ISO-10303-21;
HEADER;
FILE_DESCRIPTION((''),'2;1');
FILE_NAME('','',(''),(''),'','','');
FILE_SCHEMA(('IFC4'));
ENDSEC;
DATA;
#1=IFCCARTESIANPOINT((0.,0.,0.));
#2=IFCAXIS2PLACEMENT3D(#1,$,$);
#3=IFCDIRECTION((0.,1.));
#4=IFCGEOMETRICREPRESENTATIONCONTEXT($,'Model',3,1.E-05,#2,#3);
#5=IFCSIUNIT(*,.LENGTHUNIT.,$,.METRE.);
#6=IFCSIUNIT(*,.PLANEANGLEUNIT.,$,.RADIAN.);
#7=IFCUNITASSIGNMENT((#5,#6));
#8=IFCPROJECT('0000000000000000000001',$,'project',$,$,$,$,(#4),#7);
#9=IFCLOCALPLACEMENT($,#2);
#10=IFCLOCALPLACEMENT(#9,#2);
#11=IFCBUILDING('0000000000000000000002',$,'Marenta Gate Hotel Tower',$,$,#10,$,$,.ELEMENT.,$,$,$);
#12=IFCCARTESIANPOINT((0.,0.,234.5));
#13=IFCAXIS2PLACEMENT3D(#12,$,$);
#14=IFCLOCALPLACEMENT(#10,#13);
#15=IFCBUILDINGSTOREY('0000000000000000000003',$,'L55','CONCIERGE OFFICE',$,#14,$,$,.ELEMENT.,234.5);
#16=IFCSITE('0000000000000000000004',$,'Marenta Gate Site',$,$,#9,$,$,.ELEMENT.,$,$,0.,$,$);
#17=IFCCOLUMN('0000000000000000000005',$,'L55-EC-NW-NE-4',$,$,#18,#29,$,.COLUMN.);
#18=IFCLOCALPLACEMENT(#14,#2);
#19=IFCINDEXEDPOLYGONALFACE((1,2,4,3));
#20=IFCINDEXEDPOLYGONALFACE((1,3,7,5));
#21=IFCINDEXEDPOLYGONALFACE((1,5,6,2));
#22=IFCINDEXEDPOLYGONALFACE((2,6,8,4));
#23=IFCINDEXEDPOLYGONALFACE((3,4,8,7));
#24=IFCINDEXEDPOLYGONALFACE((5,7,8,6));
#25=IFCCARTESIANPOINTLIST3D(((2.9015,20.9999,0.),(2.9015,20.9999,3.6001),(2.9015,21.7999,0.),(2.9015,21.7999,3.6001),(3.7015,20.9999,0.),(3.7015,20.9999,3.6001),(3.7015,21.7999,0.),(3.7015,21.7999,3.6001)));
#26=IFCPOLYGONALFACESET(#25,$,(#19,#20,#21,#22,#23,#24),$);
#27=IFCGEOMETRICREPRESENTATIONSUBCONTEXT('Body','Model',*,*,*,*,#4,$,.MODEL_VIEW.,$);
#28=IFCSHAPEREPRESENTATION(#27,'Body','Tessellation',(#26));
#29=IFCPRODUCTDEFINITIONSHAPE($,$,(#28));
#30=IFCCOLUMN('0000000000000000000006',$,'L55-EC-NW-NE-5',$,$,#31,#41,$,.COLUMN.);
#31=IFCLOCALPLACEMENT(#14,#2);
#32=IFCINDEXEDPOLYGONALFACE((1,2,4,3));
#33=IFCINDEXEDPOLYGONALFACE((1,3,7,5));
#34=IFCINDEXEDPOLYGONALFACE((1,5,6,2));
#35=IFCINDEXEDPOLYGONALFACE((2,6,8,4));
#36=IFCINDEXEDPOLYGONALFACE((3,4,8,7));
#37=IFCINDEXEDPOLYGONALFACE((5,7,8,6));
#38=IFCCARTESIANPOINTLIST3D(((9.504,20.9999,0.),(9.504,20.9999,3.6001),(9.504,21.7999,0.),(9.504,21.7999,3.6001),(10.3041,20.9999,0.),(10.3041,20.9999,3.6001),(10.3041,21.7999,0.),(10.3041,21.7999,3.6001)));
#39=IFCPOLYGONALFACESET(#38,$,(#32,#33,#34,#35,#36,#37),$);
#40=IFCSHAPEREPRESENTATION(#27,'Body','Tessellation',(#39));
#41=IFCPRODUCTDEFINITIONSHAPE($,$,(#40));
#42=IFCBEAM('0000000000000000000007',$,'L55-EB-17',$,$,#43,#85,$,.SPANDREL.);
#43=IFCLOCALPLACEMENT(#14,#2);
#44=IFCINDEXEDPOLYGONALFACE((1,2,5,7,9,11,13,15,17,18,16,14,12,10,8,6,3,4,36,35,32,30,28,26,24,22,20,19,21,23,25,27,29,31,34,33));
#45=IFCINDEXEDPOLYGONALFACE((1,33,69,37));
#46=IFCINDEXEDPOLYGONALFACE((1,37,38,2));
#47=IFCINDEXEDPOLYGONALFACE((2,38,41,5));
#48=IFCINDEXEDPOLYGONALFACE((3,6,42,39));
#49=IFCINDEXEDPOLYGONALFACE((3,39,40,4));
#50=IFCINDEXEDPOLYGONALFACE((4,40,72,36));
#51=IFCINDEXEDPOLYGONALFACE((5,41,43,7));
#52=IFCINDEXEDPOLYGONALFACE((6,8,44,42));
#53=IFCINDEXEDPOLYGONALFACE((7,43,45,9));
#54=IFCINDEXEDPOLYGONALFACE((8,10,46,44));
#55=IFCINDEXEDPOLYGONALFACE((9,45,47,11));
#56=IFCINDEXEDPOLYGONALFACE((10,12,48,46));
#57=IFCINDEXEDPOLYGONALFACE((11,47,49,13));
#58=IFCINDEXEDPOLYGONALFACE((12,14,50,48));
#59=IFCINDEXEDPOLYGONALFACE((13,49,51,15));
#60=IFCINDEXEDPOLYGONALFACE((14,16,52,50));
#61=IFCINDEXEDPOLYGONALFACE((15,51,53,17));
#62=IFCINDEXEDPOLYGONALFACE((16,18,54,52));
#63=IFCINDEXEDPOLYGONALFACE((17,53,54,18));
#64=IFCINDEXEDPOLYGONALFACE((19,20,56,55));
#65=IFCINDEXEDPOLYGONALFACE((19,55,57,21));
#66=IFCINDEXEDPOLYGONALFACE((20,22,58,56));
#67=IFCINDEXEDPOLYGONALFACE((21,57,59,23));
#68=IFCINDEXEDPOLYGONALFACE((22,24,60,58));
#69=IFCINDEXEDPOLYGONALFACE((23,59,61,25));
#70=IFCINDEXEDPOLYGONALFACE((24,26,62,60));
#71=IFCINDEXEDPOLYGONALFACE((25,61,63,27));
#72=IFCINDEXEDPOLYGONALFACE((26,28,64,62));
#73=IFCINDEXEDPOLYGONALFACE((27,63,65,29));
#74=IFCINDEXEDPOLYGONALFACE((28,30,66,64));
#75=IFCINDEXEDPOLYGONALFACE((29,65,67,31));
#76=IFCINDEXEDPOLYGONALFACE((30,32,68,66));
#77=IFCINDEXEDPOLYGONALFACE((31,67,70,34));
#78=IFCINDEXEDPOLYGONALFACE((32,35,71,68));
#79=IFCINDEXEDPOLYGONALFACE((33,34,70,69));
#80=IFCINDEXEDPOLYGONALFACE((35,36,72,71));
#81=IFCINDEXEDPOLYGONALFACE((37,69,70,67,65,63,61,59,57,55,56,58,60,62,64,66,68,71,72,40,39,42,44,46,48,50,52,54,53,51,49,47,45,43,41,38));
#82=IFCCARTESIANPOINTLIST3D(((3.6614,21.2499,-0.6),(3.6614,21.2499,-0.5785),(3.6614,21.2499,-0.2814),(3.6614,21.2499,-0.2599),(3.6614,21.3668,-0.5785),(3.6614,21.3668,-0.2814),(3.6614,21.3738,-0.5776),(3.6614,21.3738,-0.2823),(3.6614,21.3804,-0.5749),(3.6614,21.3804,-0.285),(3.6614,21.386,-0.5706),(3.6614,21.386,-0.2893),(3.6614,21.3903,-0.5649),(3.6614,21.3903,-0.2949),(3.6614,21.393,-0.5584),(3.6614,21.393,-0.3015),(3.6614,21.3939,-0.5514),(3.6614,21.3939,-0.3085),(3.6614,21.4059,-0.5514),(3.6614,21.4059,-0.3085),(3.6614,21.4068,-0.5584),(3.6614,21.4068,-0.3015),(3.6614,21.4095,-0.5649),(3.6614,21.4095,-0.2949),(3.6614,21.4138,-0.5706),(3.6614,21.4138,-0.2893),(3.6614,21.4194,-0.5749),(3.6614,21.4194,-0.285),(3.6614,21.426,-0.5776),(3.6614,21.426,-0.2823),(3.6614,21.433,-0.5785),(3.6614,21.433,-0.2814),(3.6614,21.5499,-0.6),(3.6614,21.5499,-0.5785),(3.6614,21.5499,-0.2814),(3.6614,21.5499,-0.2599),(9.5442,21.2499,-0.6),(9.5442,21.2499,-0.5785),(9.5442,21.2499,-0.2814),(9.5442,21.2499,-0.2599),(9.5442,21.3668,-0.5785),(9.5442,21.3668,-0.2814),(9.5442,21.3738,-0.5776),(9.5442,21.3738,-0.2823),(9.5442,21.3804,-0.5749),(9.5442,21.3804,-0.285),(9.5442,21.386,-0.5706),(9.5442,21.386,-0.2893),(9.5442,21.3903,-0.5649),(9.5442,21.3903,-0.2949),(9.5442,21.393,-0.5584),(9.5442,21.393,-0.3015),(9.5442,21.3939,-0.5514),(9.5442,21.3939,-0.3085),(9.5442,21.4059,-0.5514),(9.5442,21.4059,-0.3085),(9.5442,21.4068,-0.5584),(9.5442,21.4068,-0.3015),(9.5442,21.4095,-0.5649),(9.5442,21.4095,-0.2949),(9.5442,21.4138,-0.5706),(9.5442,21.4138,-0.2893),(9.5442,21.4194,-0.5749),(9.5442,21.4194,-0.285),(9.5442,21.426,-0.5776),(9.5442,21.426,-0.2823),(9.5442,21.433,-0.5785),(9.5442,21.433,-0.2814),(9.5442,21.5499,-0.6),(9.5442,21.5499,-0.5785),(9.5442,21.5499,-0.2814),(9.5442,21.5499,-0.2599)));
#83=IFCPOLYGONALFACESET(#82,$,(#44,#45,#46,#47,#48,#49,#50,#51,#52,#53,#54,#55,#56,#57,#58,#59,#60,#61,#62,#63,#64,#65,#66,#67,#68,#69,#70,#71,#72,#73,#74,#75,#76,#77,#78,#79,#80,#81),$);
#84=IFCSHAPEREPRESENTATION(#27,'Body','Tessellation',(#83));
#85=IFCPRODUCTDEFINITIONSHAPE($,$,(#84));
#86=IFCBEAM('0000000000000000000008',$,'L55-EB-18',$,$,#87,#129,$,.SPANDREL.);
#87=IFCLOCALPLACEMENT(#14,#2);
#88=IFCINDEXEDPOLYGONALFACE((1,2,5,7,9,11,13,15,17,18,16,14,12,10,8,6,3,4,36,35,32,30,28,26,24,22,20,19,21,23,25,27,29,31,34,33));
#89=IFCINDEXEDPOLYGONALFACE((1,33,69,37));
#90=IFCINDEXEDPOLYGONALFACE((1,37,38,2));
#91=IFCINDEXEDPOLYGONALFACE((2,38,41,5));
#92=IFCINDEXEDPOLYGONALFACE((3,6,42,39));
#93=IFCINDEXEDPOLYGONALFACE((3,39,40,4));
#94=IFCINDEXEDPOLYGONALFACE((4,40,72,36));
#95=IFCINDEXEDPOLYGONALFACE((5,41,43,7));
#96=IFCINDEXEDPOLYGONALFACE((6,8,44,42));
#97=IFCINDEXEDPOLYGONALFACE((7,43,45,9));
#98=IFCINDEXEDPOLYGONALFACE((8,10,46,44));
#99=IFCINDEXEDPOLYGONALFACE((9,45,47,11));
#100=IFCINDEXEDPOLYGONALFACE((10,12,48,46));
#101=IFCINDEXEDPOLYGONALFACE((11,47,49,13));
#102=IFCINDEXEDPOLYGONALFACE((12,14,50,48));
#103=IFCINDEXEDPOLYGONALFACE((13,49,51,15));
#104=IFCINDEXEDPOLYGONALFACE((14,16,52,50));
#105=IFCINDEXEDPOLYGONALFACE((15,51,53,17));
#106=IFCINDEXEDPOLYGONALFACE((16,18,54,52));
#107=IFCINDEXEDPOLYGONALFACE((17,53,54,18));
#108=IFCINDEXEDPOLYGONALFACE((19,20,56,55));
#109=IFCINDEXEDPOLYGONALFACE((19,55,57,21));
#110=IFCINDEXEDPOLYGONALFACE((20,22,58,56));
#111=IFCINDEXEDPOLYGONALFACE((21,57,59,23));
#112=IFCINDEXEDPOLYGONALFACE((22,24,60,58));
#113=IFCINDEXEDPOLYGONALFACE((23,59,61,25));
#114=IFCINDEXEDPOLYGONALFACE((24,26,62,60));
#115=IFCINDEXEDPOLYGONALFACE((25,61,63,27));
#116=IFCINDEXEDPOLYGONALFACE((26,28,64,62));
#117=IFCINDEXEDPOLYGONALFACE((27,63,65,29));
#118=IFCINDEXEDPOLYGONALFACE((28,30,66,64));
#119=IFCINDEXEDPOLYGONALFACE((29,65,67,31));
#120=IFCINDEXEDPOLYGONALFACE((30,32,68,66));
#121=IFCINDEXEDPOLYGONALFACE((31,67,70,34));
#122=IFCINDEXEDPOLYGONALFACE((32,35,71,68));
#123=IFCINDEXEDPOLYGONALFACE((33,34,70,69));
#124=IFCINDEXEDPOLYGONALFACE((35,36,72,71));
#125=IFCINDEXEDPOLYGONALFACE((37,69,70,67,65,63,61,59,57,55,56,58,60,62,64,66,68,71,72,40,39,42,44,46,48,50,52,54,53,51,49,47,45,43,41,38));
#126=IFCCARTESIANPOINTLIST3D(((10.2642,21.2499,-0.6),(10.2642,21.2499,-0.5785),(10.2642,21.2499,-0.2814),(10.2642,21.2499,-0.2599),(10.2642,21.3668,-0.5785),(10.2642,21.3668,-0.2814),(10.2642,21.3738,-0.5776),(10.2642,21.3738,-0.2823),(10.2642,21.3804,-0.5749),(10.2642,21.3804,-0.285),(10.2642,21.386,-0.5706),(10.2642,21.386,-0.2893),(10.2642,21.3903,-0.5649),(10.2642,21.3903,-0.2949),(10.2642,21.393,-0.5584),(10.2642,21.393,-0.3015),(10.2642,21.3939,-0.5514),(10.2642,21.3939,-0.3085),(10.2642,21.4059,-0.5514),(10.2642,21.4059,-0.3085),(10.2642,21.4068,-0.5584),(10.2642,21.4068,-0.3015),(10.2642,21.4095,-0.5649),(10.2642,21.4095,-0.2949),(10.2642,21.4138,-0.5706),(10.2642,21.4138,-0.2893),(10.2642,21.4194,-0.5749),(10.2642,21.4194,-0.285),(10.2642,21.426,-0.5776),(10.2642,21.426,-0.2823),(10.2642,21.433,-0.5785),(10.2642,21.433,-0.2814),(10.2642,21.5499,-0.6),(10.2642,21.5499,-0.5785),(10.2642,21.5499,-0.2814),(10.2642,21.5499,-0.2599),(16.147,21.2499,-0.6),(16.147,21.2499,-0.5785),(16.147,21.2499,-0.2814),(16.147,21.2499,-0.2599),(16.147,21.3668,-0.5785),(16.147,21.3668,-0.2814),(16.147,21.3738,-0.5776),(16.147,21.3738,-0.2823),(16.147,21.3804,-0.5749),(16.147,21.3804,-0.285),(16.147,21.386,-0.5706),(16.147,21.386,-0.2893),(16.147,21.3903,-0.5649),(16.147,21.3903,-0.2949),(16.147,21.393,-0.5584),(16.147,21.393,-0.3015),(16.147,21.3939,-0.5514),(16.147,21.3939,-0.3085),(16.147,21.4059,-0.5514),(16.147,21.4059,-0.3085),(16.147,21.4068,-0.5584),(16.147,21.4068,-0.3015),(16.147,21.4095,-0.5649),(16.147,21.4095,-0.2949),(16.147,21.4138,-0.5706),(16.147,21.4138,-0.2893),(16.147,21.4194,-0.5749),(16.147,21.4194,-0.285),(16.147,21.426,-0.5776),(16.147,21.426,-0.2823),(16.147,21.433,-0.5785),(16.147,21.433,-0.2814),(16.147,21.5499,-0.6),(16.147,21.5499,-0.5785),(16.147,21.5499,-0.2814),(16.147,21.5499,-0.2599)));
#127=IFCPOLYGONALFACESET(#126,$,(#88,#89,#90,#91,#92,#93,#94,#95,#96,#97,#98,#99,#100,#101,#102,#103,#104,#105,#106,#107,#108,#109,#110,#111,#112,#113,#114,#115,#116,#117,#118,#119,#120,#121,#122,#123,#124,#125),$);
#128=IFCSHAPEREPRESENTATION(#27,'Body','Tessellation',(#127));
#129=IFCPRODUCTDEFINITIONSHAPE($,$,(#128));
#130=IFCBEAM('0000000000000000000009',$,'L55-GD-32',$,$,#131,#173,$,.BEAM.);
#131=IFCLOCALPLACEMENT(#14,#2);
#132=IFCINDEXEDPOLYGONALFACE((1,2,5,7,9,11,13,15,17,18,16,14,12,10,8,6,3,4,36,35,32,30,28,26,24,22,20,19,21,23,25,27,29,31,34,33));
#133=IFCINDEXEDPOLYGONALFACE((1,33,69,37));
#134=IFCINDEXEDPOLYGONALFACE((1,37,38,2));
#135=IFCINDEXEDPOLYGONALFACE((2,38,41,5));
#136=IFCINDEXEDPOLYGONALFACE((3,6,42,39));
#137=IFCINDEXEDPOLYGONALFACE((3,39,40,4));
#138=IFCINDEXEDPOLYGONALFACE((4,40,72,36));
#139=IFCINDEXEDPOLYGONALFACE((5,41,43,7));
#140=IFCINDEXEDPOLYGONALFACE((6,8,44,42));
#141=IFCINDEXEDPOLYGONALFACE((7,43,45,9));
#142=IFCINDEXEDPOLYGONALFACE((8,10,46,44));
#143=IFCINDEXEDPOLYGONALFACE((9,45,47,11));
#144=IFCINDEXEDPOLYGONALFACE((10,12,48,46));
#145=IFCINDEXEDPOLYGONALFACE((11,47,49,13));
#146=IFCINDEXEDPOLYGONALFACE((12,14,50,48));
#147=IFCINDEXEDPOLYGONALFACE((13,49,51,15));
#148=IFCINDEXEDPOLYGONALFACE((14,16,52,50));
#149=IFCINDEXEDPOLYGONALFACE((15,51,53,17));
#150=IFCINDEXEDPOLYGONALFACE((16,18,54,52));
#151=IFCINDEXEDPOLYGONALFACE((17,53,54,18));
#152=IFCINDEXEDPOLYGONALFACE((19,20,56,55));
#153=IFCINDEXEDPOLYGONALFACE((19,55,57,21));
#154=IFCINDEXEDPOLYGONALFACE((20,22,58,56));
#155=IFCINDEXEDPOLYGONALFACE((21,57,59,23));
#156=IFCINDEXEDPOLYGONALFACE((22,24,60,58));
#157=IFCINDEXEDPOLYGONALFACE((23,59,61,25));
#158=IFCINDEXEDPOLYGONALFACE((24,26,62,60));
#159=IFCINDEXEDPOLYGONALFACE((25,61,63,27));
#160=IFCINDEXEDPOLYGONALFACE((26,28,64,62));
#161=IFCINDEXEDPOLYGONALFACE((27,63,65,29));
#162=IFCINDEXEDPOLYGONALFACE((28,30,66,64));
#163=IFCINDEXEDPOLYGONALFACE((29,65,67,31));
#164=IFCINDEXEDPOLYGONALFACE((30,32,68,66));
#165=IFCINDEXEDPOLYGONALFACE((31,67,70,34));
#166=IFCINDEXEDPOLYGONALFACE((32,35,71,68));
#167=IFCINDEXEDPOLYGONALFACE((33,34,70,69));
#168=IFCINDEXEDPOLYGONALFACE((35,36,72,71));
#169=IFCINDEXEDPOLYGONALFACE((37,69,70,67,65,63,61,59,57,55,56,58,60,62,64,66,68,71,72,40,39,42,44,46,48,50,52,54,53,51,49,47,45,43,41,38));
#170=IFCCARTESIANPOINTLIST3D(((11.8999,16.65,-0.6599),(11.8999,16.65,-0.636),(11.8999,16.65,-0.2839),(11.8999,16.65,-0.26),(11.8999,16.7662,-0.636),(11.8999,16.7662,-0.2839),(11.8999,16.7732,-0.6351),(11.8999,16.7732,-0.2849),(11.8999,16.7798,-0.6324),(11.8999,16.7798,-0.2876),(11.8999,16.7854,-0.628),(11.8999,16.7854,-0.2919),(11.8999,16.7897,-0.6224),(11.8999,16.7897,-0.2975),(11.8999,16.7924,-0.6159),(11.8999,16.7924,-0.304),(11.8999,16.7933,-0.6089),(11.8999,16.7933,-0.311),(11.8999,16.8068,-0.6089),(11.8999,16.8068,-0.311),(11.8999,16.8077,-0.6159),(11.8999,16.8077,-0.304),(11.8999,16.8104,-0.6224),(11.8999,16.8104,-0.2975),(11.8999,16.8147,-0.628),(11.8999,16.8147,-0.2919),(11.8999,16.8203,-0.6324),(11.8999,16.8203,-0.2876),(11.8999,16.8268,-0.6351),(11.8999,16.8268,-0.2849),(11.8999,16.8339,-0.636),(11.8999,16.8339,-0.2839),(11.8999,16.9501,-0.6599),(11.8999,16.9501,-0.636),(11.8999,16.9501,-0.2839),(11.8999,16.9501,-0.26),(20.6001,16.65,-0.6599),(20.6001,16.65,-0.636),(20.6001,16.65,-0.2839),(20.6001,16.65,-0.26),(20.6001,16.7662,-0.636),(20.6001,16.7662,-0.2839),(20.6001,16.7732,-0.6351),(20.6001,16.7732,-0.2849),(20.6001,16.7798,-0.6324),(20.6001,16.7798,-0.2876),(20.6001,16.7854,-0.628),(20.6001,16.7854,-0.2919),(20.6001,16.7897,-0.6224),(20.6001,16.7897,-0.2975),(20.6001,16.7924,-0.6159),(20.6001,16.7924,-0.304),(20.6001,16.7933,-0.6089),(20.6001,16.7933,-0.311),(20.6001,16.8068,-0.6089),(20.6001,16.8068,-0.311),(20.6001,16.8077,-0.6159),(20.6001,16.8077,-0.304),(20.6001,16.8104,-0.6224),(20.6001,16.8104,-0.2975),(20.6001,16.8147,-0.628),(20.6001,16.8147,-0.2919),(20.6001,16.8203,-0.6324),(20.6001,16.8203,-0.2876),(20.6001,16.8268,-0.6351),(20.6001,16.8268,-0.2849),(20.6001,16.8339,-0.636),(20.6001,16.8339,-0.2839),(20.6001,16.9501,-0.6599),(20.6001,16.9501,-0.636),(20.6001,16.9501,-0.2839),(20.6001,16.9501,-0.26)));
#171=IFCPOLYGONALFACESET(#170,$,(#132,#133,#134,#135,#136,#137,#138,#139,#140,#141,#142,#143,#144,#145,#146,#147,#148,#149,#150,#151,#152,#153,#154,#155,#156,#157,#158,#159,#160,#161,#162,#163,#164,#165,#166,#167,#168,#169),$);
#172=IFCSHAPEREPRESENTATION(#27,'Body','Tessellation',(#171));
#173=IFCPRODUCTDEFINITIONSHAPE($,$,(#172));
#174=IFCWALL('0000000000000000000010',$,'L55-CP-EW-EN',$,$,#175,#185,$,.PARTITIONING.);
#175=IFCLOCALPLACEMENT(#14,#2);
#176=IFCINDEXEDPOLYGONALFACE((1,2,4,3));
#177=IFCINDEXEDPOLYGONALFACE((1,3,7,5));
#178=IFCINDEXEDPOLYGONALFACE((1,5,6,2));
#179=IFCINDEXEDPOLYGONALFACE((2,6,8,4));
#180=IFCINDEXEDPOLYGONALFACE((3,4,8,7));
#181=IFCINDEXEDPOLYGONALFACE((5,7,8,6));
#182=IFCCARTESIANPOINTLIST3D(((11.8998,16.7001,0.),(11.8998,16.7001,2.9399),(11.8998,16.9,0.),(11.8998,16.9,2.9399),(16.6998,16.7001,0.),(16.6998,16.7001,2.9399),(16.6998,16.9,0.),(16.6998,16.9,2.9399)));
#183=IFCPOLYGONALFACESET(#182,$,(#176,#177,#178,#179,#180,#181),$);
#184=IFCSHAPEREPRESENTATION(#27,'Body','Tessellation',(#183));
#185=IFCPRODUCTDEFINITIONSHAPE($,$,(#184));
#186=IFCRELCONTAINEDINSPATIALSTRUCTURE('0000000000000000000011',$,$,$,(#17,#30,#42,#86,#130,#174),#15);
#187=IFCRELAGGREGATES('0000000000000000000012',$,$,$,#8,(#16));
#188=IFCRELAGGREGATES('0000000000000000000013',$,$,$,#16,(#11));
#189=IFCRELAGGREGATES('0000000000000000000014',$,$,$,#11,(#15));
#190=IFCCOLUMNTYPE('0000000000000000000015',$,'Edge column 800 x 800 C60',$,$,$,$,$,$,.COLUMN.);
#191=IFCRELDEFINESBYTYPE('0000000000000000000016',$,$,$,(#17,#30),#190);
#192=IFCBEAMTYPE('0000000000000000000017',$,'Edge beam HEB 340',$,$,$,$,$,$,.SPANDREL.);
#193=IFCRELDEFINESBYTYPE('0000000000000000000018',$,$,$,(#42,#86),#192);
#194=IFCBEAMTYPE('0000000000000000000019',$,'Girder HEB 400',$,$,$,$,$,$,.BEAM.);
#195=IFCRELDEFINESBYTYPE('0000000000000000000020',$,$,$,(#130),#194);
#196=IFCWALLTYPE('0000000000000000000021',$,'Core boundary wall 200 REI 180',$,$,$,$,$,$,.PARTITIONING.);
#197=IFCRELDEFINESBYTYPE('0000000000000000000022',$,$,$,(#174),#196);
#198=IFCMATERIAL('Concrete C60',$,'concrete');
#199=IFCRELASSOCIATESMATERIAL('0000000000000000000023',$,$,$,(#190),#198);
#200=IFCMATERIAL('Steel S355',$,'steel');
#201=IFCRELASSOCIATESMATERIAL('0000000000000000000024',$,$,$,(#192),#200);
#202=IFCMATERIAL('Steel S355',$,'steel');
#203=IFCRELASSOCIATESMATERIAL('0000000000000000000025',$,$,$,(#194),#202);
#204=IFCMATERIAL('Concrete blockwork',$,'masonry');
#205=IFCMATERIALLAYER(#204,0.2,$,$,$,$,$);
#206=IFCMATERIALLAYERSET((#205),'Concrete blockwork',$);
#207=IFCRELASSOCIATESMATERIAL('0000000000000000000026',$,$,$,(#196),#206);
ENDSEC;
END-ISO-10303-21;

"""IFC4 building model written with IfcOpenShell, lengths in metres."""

from ifc_helpers import new_model, si_unit, direction, frame, frame_2d, origin, origin_2d, place, context, subcontext, project, spatial, rectangle, i_section, extrude, material, layer, layer_set, material_profile, profile_set, type_object, element, save


model = new_model("IFC4")

# Units and contexts
model_context = context("Model", 3, precision=1e-05, world=origin(), true_north=direction((0.0, 1.0)))
body_context = subcontext(model_context, "Body", "Model", "MODEL_VIEW")
ifc_project = project(units=[si_unit("LENGTHUNIT", "METRE"), si_unit("PLANEANGLEUNIT", "RADIAN")], contexts=[model_context])

# Site, building, storey
site_placement = place(None, origin())
site = spatial("IfcSite", under=ifc_project, at=site_placement, Name="Marenta Gate Site", CompositionType="ELEMENT", RefElevation=0.0)
building_placement = place(site_placement, origin())
building = spatial("IfcBuilding", under=site, at=building_placement, Name="Marenta Gate Hotel Tower", CompositionType="ELEMENT")
storey_placement = place(building_placement, frame((0.0, 0.0, 234.5)))
storey = spatial("IfcBuildingStorey", under=building, at=storey_placement, Name="L55", Description="CONCIERGE OFFICE", CompositionType="ELEMENT", Elevation=234.5)

# Columns
ifc_material_1 = material(Name="Concrete C60", Category="concrete")
ifc_material_profile_1 = material_profile(ifc_material_1, rectangle(XDim=0.8, YDim=0.8, at=origin_2d()), Name="800 x 800")
ifc_profile_set_1 = profile_set([ifc_material_profile_1], Name="Concrete C60")
column_type = type_object("IfcColumnType", Name="Edge column 800 x 800 C60", PredefinedType="COLUMN", material=ifc_profile_set_1)
for number, where, z_axis, x_axis, name in (
    (1, (3.3015, 21.3999, 0.0), (0.0, 0.0, 1.0), (1.0, 0.0, 0.0), "L55-EC-NW-NE-4"),
    (2, (9.9041, 21.3999, 0.0), (0.0, 0.0, 1.0), (1.0, 0.0, 0.0), "L55-EC-NW-NE-5"),
):
    element("IfcColumn", number, at=place(storey_placement, frame(where, z_axis=z_axis, x_axis=x_axis)), inside=storey, type_object=column_type, Name=name, PredefinedType="COLUMN", context=body_context, shape_type="SweptSolid", body=[
        extrude(rectangle(XDim=0.8, YDim=0.8, at=origin_2d()), origin(), (0.0, 0.0, 1.0), 3.6001),
    ])

# Beams
ifc_material_2 = material(Name="Steel S355", Category="steel")
ifc_material_profile_2 = material_profile(ifc_material_2, i_section(OverallWidth=0.3, OverallDepth=0.3401, WebThickness=0.012, FlangeThickness=0.0215, FilletRadius=0.0271, at=origin_2d()), Name="HEB 340")
ifc_profile_set_2 = profile_set([ifc_material_profile_2], Name="Steel S355")
beam_type_1 = type_object("IfcBeamType", Name="Edge beam HEB 340", PredefinedType="SPANDREL", material=ifc_profile_set_2)
for number, where, z_axis, x_axis, name in (
    (3, (3.6614, 21.3999, -0.4299), (1.0, 0.0, 0.0), (0.0, 1.0, 0.0), "L55-EB-17"),
    (4, (10.2642, 21.3999, -0.4299), (1.0, 0.0, 0.0), (0.0, 1.0, 0.0), "L55-EB-18"),
):
    element("IfcBeam", number, at=place(storey_placement, frame(where, z_axis=z_axis, x_axis=x_axis)), inside=storey, type_object=beam_type_1, Name=name, PredefinedType="SPANDREL", context=body_context, shape_type="SweptSolid", body=[
        extrude(i_section(OverallWidth=0.3, OverallDepth=0.3401, WebThickness=0.012, FlangeThickness=0.0215, FilletRadius=0.0271, at=origin_2d()), origin(), (0.0, 0.0, 1.0), 5.8828),
    ])
ifc_material_3 = material(Name="Steel S355", Category="steel")
ifc_material_profile_3 = material_profile(ifc_material_3, i_section(OverallWidth=0.3, OverallDepth=0.3999, WebThickness=0.0134, FlangeThickness=0.0239, FilletRadius=0.0271, at=origin_2d()), Name="HEB 400")
ifc_profile_set_3 = profile_set([ifc_material_profile_3], Name="Steel S355")
beam_type_2 = type_object("IfcBeamType", Name="Girder HEB 400", PredefinedType="BEAM", material=ifc_profile_set_3)
beam_placement = place(storey_placement, frame((11.8999, 16.8, -0.46), z_axis=(1.0, 0.0, 0.0), x_axis=(0.0, 1.0, 0.0)))
element("IfcBeam", 5, at=beam_placement, inside=storey, type_object=beam_type_2, Name="L55-GD-32", PredefinedType="BEAM", context=body_context, shape_type="SweptSolid", body=[
    extrude(i_section(OverallWidth=0.3, OverallDepth=0.3999, WebThickness=0.0134, FlangeThickness=0.0239, FilletRadius=0.0271, at=origin_2d()), origin(), (0.0, 0.0, 1.0), 8.7002),
])

# Wall
ifc_material_4 = material(Name="Concrete blockwork", Category="masonry")
ifc_layer_1 = layer(ifc_material_4, 0.2)
ifc_layer_set_1 = layer_set([ifc_layer_1], Name="Concrete blockwork")
wall_type_1 = type_object("IfcWallType", Name="Core boundary wall 200 REI 180", PredefinedType="PARTITIONING", material=ifc_layer_set_1)
wall_1_placement = place(storey_placement, frame((11.8999, 16.8, 0.0), z_axis=(0.0, 0.0, 1.0), x_axis=(1.0, 0.0, 0.0)))
element("IfcWall", 6, at=wall_1_placement, inside=storey, type_object=wall_type_1, Name="L55-CP-EW-EN", PredefinedType="PARTITIONING", context=body_context, shape_type="SweptSolid", body=[
    extrude(rectangle(XDim=4.8, YDim=0.2, at=frame_2d((2.3999, 0.0))), origin(), (0.0, 0.0, 1.0), 2.9399),
])

save(model, "model.ifc")
